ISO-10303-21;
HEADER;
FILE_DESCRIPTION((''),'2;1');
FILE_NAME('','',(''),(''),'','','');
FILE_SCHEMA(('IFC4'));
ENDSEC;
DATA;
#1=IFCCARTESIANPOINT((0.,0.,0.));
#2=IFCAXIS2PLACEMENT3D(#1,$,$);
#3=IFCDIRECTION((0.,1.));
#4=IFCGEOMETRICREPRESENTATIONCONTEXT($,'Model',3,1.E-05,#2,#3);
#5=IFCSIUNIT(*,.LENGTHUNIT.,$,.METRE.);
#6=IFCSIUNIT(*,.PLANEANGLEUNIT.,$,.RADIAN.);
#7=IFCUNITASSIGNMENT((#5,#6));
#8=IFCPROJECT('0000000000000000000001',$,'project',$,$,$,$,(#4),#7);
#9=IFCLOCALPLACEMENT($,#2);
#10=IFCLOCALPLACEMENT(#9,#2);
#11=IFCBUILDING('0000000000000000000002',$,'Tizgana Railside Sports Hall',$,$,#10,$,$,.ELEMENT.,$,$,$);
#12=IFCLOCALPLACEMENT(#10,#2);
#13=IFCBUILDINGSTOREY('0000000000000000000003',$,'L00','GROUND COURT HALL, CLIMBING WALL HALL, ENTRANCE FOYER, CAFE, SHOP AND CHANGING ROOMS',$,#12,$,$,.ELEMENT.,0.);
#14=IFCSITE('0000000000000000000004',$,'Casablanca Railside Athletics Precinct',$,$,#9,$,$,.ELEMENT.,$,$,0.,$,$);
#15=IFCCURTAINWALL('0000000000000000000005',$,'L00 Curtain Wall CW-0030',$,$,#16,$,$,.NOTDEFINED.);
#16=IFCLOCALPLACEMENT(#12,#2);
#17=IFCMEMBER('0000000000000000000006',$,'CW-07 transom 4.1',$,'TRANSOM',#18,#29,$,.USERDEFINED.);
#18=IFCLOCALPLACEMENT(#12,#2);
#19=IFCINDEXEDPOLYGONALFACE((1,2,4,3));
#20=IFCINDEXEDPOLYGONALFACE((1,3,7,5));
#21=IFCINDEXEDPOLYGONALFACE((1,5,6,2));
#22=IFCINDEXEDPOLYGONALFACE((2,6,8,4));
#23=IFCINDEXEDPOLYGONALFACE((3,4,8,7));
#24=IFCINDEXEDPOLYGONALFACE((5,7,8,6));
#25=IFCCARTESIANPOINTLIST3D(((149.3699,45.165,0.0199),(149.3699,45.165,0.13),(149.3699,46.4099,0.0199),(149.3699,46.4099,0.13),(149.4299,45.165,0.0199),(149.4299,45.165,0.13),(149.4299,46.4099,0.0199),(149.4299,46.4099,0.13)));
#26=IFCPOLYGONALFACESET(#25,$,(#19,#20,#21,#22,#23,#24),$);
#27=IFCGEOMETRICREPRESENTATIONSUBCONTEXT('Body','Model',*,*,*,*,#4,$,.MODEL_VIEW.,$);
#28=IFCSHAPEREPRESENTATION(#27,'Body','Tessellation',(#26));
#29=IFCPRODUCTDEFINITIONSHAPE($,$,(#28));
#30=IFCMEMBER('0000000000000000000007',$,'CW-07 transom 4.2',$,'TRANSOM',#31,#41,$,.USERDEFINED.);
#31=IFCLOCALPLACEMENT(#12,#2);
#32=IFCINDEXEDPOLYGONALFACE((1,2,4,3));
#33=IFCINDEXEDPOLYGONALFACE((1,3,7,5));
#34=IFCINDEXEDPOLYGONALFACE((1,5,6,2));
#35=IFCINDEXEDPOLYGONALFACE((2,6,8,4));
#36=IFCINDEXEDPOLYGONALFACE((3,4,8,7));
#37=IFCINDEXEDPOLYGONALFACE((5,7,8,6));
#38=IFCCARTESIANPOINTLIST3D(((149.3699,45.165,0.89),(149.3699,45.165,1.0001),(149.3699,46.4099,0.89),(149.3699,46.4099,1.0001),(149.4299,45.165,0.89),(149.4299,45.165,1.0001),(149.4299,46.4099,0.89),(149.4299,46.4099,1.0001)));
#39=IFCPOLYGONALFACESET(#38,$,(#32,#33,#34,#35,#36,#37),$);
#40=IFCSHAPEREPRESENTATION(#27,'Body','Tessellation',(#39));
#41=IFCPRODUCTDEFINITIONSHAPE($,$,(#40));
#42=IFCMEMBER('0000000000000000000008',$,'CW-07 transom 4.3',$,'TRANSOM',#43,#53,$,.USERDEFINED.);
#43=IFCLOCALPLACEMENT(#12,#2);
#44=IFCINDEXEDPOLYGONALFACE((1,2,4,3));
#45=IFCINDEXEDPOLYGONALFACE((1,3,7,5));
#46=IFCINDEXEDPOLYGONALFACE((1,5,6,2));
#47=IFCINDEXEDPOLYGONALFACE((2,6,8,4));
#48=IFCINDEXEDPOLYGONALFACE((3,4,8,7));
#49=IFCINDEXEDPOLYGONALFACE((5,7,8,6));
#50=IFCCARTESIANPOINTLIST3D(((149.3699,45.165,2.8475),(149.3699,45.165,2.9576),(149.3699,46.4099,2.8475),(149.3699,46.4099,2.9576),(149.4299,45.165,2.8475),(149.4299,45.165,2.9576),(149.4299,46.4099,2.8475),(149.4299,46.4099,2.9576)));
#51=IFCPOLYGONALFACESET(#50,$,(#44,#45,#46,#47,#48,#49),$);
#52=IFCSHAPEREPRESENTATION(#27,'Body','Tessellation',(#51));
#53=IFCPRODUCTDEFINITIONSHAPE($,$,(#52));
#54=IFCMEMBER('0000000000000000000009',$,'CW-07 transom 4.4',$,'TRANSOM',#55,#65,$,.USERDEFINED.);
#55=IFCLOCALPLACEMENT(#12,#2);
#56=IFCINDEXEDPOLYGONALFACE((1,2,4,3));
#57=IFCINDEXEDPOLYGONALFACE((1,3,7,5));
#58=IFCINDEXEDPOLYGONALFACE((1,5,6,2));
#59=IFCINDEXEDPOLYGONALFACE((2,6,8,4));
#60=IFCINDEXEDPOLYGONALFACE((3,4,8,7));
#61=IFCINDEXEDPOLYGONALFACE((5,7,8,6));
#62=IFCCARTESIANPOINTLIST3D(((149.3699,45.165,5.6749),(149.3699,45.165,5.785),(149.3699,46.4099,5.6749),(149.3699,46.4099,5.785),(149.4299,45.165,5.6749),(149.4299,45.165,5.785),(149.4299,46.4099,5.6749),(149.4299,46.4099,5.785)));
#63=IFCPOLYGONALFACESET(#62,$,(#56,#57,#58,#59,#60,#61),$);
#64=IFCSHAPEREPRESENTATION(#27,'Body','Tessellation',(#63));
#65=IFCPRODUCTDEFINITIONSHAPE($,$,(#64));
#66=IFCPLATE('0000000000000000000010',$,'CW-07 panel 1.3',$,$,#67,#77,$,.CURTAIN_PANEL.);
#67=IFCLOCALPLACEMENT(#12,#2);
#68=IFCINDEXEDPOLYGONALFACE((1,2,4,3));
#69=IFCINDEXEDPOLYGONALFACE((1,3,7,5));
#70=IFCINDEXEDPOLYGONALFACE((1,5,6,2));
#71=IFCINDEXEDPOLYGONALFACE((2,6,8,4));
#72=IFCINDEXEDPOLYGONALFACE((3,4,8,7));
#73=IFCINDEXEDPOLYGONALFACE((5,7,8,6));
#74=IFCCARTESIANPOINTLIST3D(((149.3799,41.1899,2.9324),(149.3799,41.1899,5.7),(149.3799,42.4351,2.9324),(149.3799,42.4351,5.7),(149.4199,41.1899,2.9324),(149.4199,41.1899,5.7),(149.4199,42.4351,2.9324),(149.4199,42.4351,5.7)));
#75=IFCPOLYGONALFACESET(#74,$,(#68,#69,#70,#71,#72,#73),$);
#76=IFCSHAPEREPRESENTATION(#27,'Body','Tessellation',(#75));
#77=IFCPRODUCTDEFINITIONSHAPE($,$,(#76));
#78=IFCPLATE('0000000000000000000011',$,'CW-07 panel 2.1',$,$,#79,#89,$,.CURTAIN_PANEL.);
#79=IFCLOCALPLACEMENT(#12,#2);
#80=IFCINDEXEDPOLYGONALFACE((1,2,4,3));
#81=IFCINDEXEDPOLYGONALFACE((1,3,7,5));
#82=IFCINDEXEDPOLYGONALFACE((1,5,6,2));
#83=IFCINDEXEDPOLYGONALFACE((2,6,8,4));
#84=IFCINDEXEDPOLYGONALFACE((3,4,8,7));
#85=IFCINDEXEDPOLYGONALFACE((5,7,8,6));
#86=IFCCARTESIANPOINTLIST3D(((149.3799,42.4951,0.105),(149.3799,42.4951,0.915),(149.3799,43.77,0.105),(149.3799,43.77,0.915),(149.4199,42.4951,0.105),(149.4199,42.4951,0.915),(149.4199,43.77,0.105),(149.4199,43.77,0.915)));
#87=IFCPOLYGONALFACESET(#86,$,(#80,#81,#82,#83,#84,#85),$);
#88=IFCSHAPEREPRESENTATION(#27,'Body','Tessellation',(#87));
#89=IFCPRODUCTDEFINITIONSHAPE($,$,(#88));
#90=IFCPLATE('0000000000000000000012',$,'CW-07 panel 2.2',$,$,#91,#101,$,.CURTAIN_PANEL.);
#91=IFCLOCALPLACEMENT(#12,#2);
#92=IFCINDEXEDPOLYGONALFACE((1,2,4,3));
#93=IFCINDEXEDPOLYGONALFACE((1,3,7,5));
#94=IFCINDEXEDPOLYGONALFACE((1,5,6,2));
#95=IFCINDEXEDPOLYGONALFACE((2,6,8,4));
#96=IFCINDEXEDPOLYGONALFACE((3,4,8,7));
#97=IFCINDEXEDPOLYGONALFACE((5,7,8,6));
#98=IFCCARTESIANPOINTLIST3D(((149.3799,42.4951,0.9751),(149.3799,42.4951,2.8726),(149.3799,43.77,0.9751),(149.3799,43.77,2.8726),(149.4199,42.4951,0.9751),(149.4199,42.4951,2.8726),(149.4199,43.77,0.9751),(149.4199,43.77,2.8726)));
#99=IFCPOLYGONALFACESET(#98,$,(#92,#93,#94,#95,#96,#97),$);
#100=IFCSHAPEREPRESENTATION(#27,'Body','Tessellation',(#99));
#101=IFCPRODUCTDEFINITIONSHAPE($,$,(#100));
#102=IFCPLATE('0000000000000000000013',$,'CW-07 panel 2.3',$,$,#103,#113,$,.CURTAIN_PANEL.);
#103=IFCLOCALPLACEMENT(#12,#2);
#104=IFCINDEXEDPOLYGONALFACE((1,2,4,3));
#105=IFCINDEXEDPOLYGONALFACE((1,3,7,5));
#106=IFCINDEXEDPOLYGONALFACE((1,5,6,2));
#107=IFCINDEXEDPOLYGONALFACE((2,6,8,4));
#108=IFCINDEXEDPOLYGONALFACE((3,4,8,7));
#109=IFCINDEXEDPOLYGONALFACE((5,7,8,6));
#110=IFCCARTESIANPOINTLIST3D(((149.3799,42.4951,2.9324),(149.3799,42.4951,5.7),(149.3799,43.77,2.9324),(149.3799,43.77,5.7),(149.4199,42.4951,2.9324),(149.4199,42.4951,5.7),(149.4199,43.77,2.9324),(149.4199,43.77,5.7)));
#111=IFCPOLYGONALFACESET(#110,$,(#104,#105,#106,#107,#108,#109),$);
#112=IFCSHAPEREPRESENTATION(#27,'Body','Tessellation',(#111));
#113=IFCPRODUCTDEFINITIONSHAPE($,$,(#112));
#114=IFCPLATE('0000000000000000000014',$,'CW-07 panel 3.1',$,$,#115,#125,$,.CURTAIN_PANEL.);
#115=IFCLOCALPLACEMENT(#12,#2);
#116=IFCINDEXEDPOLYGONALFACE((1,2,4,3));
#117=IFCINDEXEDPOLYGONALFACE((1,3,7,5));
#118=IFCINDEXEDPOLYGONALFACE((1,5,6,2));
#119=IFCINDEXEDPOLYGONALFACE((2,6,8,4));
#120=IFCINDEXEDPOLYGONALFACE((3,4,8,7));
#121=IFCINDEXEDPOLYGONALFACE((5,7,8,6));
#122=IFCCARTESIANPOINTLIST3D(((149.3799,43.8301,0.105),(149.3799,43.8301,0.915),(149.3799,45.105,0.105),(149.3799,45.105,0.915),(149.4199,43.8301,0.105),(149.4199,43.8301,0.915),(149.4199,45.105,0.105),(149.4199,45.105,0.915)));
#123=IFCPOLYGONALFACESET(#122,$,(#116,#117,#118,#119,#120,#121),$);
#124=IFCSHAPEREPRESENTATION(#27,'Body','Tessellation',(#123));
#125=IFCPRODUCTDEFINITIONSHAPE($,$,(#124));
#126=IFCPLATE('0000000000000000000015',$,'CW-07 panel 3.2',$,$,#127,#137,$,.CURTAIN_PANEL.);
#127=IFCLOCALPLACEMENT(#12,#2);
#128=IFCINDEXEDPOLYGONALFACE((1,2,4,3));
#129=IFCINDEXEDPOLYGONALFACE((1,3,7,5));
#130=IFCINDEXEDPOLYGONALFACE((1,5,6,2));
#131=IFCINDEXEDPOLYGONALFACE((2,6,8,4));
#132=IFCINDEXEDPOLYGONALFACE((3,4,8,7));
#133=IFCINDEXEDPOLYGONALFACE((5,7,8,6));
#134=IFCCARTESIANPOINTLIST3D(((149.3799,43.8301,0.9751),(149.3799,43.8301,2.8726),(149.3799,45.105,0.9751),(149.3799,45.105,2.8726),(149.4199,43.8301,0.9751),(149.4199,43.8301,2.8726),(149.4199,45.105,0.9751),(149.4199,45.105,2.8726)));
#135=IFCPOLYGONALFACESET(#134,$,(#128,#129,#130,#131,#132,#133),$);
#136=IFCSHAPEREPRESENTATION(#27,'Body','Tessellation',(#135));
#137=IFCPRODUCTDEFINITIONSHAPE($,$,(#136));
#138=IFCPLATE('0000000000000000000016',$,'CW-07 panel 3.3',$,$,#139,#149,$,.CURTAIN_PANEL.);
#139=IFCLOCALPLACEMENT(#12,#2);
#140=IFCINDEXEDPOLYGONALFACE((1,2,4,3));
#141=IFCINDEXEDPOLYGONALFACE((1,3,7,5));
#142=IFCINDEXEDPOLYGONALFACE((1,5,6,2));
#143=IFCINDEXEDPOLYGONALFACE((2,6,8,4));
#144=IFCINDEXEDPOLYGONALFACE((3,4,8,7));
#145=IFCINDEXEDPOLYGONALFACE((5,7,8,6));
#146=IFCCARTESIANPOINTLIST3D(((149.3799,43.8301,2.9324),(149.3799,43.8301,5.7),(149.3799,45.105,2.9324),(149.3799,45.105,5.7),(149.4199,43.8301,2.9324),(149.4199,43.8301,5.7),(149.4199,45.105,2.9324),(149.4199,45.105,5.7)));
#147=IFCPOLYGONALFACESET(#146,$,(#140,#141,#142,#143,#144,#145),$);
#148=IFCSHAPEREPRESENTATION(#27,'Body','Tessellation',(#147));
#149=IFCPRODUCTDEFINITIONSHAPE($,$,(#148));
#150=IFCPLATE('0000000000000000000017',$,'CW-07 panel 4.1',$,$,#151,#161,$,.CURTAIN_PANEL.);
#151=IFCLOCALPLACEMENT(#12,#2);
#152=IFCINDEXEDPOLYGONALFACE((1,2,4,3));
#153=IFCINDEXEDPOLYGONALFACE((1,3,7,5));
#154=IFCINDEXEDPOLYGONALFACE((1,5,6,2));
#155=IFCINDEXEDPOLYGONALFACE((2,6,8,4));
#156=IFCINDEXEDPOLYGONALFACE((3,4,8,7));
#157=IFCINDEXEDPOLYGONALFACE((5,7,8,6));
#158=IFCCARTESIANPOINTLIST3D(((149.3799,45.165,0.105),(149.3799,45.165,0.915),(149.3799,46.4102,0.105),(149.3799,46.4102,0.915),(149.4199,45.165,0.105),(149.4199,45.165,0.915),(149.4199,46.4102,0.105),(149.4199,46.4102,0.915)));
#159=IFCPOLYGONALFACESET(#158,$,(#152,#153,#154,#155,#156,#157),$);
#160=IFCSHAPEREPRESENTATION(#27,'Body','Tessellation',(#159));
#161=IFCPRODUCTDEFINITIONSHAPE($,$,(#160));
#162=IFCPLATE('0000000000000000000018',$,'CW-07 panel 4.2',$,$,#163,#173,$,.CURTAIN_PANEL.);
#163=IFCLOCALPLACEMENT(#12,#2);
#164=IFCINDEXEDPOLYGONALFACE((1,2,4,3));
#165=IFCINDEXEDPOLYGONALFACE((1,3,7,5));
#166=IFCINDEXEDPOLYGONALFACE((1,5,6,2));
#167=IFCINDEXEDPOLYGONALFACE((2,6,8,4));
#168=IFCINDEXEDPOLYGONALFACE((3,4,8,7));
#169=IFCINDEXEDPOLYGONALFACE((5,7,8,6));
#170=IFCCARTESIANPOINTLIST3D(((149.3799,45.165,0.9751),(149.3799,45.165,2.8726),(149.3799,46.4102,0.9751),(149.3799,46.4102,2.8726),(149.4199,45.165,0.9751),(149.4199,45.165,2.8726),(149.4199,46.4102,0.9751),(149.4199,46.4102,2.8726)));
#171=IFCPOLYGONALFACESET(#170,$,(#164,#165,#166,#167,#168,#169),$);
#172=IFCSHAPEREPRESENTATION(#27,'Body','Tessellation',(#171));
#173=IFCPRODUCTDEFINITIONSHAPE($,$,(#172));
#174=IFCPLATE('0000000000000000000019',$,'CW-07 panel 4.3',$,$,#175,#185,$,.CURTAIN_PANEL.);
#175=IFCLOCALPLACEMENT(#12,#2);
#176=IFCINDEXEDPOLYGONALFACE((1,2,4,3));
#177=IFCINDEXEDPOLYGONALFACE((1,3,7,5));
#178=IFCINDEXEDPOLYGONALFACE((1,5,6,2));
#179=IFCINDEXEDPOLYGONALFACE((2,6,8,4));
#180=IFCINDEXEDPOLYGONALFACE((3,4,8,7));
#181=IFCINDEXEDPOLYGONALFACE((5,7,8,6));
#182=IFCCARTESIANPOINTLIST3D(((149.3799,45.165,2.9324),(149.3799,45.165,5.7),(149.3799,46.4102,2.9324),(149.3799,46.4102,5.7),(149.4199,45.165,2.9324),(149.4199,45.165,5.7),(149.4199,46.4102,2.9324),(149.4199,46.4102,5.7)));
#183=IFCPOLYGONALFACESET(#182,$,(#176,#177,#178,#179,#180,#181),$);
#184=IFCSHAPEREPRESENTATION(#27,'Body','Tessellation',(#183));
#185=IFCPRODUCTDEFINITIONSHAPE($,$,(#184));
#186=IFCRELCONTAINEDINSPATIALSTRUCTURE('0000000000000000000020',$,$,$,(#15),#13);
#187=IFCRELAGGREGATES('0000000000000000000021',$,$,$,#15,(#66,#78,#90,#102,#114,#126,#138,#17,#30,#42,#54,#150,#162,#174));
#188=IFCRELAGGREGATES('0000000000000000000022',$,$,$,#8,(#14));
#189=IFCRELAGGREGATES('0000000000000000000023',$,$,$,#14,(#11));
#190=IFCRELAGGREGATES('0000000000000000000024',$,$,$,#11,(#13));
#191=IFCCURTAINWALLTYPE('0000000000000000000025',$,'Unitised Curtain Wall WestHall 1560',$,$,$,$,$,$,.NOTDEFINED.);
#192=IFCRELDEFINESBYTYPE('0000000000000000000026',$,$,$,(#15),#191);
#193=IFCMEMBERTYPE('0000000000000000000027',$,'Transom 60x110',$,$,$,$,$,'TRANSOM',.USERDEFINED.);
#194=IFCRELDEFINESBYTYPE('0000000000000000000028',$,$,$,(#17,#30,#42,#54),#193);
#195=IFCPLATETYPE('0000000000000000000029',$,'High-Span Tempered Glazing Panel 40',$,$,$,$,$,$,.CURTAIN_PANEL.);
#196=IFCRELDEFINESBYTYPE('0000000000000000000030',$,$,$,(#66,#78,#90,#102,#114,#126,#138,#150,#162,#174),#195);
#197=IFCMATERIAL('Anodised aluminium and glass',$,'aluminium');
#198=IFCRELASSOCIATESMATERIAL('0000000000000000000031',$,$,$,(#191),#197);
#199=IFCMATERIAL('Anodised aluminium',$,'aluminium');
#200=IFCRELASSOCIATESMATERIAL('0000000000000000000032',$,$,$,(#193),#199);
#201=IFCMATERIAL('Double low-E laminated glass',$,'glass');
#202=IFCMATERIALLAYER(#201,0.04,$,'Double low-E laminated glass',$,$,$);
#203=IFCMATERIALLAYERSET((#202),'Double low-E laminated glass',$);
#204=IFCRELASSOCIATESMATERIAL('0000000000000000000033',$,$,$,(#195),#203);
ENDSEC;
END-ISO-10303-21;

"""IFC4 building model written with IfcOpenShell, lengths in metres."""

from ifc_helpers import new_model, si_unit, direction, frame, origin, origin_2d, place, context, subcontext, project, spatial, rectangle, extrude, material, layer, layer_set, material_profile, profile_set, type_object, element, aggregate, save


model = new_model("IFC4")

# Units and contexts
model_context = context("Model", 3, precision=1e-05, world=origin(), true_north=direction((0.0, 1.0)))
body_context = subcontext(model_context, "Body", "Model", "MODEL_VIEW")
ifc_project = project(units=[si_unit("LENGTHUNIT", "METRE"), si_unit("PLANEANGLEUNIT", "RADIAN")], contexts=[model_context])

# Site, building, storey
site_placement = place(None, origin())
site = spatial("IfcSite", under=ifc_project, at=site_placement, Name="Casablanca Railside Athletics Precinct", CompositionType="ELEMENT", RefElevation=0.0)
building_placement = place(site_placement, origin())
building = spatial("IfcBuilding", under=site, at=building_placement, Name="Tizgana Railside Sports Hall", CompositionType="ELEMENT")
storey_placement = place(building_placement, origin())
storey = spatial("IfcBuildingStorey", under=building, at=storey_placement, Name="L00", Description="GROUND COURT HALL, CLIMBING WALL HALL, ENTRANCE FOYER, CAFE, SHOP AND CHANGING ROOMS", CompositionType="ELEMENT", Elevation=0.0)

# Curtain wall, members, plates
ifc_material_1 = material(Name="Anodised aluminium and glass", Category="aluminium")
curtain_wall_type = type_object("IfcCurtainWallType", Name="Unitised Curtain Wall WestHall 1560", PredefinedType="NOTDEFINED", material=ifc_material_1)
curtain_wall_placement = place(storey_placement, origin())
curtain_wall = element("IfcCurtainWall", 1, at=curtain_wall_placement, inside=storey, type_object=curtain_wall_type, Name="L00 Curtain Wall CW-0030", PredefinedType="NOTDEFINED")
ifc_material_2 = material(Name="Anodised aluminium", Category="aluminium")
ifc_material_profile_1 = material_profile(ifc_material_2, rectangle(XDim=0.0601, YDim=0.1101, at=origin_2d()), Name="Transom 60x110")
ifc_profile_set_1 = profile_set([ifc_material_profile_1], Name="Anodised aluminium")
member_type_1 = type_object("IfcMemberType", Name="Transom 60x110", ElementType="TRANSOM", PredefinedType="USERDEFINED", material=ifc_profile_set_1)
member_1_placement = place(storey_placement, frame((149.3999, 45.165, 0.075), z_axis=(0.0, 1.0, 0.0), x_axis=(-1.0, 0.0, 0.0)))
member_1 = element("IfcMember", 2, at=member_1_placement, type_object=member_type_1, Name="CW-07 transom 4.1", ObjectType="TRANSOM", PredefinedType="USERDEFINED", context=body_context, shape_type="SweptSolid", body=[
    extrude(rectangle(XDim=0.0601, YDim=0.1101, at=origin_2d()), origin(), (0.0, 0.0, 1.0), 1.2449),
])
member_2_placement = place(storey_placement, frame((149.3999, 45.165, 0.9451), z_axis=(0.0, 1.0, 0.0), x_axis=(-1.0, 0.0, 0.0)))
member_2 = element("IfcMember", 3, at=member_2_placement, type_object=member_type_1, Name="CW-07 transom 4.2", ObjectType="TRANSOM", PredefinedType="USERDEFINED", context=body_context, shape_type="SweptSolid", body=[
    extrude(rectangle(XDim=0.0601, YDim=0.1101, at=origin_2d()), origin(), (0.0, 0.0, 1.0), 1.2449),
])
member_3_placement = place(storey_placement, frame((149.3999, 45.165, 2.9026), z_axis=(0.0, 1.0, 0.0), x_axis=(-1.0, 0.0, 0.0)))
member_3 = element("IfcMember", 4, at=member_3_placement, type_object=member_type_1, Name="CW-07 transom 4.3", ObjectType="TRANSOM", PredefinedType="USERDEFINED", context=body_context, shape_type="SweptSolid", body=[
    extrude(rectangle(XDim=0.0601, YDim=0.1101, at=origin_2d()), origin(), (0.0, 0.0, 1.0), 1.2449),
])
member_4_placement = place(storey_placement, frame((149.3999, 45.165, 5.73), z_axis=(0.0, 1.0, 0.0), x_axis=(-1.0, 0.0, 0.0)))
member_4 = element("IfcMember", 5, at=member_4_placement, type_object=member_type_1, Name="CW-07 transom 4.4", ObjectType="TRANSOM", PredefinedType="USERDEFINED", context=body_context, shape_type="SweptSolid", body=[
    extrude(rectangle(XDim=0.0601, YDim=0.1101, at=origin_2d()), origin(), (0.0, 0.0, 1.0), 1.2449),
])
ifc_material_3 = material(Name="Double low-E laminated glass", Category="glass")
ifc_layer_1 = layer(ifc_material_3, 0.04, Name="Double low-E laminated glass")
ifc_layer_set_1 = layer_set([ifc_layer_1], Name="Double low-E laminated glass")
plate_type = type_object("IfcPlateType", Name="High-Span Tempered Glazing Panel 40", PredefinedType="CURTAIN_PANEL", material=ifc_layer_set_1)
plate_1_placement = place(storey_placement, frame((149.3999, 41.8125, 2.9324), z_axis=(0.0, 0.0, 1.0), x_axis=(0.0, 1.0, 0.0)))
plate_1 = element("IfcPlate", 6, at=plate_1_placement, type_object=plate_type, Name="CW-07 panel 1.3", PredefinedType="CURTAIN_PANEL", context=body_context, shape_type="SweptSolid", body=[
    extrude(rectangle(XDim=1.2451, YDim=0.04, at=origin_2d()), origin(), (0.0, 0.0, 1.0), 2.7676),
])
plate_2_placement = place(storey_placement, frame((149.3999, 43.1326, 0.105), z_axis=(0.0, 0.0, 1.0), x_axis=(0.0, 1.0, 0.0)))
plate_2 = element("IfcPlate", 7, at=plate_2_placement, type_object=plate_type, Name="CW-07 panel 2.1", PredefinedType="CURTAIN_PANEL", context=body_context, shape_type="SweptSolid", body=[
    extrude(rectangle(XDim=1.2749, YDim=0.04, at=origin_2d()), origin(), (0.0, 0.0, 1.0), 0.8101),
])
plate_3_placement = place(storey_placement, frame((149.3999, 43.1326, 0.9751), z_axis=(0.0, 0.0, 1.0), x_axis=(0.0, 1.0, 0.0)))
plate_3 = element("IfcPlate", 8, at=plate_3_placement, type_object=plate_type, Name="CW-07 panel 2.2", PredefinedType="CURTAIN_PANEL", context=body_context, shape_type="SweptSolid", body=[
    extrude(rectangle(XDim=1.2749, YDim=0.04, at=origin_2d()), origin(), (0.0, 0.0, 1.0), 1.8975),
])
plate_4_placement = place(storey_placement, frame((149.3999, 43.1326, 2.9324), z_axis=(0.0, 0.0, 1.0), x_axis=(0.0, 1.0, 0.0)))
plate_4 = element("IfcPlate", 9, at=plate_4_placement, type_object=plate_type, Name="CW-07 panel 2.3", PredefinedType="CURTAIN_PANEL", context=body_context, shape_type="SweptSolid", body=[
    extrude(rectangle(XDim=1.2749, YDim=0.04, at=origin_2d()), origin(), (0.0, 0.0, 1.0), 2.7676),
])
plate_5_placement = place(storey_placement, frame((149.3999, 44.4675, 0.105), z_axis=(0.0, 0.0, 1.0), x_axis=(0.0, 1.0, 0.0)))
plate_5 = element("IfcPlate", 10, at=plate_5_placement, type_object=plate_type, Name="CW-07 panel 3.1", PredefinedType="CURTAIN_PANEL", context=body_context, shape_type="SweptSolid", body=[
    extrude(rectangle(XDim=1.2749, YDim=0.04, at=origin_2d()), origin(), (0.0, 0.0, 1.0), 0.8101),
])
plate_6_placement = place(storey_placement, frame((149.3999, 44.4675, 0.9751), z_axis=(0.0, 0.0, 1.0), x_axis=(0.0, 1.0, 0.0)))
plate_6 = element("IfcPlate", 11, at=plate_6_placement, type_object=plate_type, Name="CW-07 panel 3.2", PredefinedType="CURTAIN_PANEL", context=body_context, shape_type="SweptSolid", body=[
    extrude(rectangle(XDim=1.2749, YDim=0.04, at=origin_2d()), origin(), (0.0, 0.0, 1.0), 1.8975),
])
plate_7_placement = place(storey_placement, frame((149.3999, 44.4675, 2.9324), z_axis=(0.0, 0.0, 1.0), x_axis=(0.0, 1.0, 0.0)))
plate_7 = element("IfcPlate", 12, at=plate_7_placement, type_object=plate_type, Name="CW-07 panel 3.3", PredefinedType="CURTAIN_PANEL", context=body_context, shape_type="SweptSolid", body=[
    extrude(rectangle(XDim=1.2749, YDim=0.04, at=origin_2d()), origin(), (0.0, 0.0, 1.0), 2.7676),
])
plate_8_placement = place(storey_placement, frame((149.3999, 45.7876, 0.105), z_axis=(0.0, 0.0, 1.0), x_axis=(0.0, 1.0, 0.0)))
plate_8 = element("IfcPlate", 13, at=plate_8_placement, type_object=plate_type, Name="CW-07 panel 4.1", PredefinedType="CURTAIN_PANEL", context=body_context, shape_type="SweptSolid", body=[
    extrude(rectangle(XDim=1.2451, YDim=0.04, at=origin_2d()), origin(), (0.0, 0.0, 1.0), 0.8101),
])
plate_9_placement = place(storey_placement, frame((149.3999, 45.7876, 0.9751), z_axis=(0.0, 0.0, 1.0), x_axis=(0.0, 1.0, 0.0)))
plate_9 = element("IfcPlate", 14, at=plate_9_placement, type_object=plate_type, Name="CW-07 panel 4.2", PredefinedType="CURTAIN_PANEL", context=body_context, shape_type="SweptSolid", body=[
    extrude(rectangle(XDim=1.2451, YDim=0.04, at=origin_2d()), origin(), (0.0, 0.0, 1.0), 1.8975),
])
plate_10_placement = place(storey_placement, frame((149.3999, 45.7876, 2.9324), z_axis=(0.0, 0.0, 1.0), x_axis=(0.0, 1.0, 0.0)))
plate_10 = element("IfcPlate", 15, at=plate_10_placement, type_object=plate_type, Name="CW-07 panel 4.3", PredefinedType="CURTAIN_PANEL", context=body_context, shape_type="SweptSolid", body=[
    extrude(rectangle(XDim=1.2451, YDim=0.04, at=origin_2d()), origin(), (0.0, 0.0, 1.0), 2.7676),
])
aggregate(curtain_wall, [plate_1, plate_2, plate_3, plate_4, plate_5, plate_6, plate_7, member_1, member_2, member_3, member_4, plate_8, plate_9, plate_10])

save(model, "model.ifc")
